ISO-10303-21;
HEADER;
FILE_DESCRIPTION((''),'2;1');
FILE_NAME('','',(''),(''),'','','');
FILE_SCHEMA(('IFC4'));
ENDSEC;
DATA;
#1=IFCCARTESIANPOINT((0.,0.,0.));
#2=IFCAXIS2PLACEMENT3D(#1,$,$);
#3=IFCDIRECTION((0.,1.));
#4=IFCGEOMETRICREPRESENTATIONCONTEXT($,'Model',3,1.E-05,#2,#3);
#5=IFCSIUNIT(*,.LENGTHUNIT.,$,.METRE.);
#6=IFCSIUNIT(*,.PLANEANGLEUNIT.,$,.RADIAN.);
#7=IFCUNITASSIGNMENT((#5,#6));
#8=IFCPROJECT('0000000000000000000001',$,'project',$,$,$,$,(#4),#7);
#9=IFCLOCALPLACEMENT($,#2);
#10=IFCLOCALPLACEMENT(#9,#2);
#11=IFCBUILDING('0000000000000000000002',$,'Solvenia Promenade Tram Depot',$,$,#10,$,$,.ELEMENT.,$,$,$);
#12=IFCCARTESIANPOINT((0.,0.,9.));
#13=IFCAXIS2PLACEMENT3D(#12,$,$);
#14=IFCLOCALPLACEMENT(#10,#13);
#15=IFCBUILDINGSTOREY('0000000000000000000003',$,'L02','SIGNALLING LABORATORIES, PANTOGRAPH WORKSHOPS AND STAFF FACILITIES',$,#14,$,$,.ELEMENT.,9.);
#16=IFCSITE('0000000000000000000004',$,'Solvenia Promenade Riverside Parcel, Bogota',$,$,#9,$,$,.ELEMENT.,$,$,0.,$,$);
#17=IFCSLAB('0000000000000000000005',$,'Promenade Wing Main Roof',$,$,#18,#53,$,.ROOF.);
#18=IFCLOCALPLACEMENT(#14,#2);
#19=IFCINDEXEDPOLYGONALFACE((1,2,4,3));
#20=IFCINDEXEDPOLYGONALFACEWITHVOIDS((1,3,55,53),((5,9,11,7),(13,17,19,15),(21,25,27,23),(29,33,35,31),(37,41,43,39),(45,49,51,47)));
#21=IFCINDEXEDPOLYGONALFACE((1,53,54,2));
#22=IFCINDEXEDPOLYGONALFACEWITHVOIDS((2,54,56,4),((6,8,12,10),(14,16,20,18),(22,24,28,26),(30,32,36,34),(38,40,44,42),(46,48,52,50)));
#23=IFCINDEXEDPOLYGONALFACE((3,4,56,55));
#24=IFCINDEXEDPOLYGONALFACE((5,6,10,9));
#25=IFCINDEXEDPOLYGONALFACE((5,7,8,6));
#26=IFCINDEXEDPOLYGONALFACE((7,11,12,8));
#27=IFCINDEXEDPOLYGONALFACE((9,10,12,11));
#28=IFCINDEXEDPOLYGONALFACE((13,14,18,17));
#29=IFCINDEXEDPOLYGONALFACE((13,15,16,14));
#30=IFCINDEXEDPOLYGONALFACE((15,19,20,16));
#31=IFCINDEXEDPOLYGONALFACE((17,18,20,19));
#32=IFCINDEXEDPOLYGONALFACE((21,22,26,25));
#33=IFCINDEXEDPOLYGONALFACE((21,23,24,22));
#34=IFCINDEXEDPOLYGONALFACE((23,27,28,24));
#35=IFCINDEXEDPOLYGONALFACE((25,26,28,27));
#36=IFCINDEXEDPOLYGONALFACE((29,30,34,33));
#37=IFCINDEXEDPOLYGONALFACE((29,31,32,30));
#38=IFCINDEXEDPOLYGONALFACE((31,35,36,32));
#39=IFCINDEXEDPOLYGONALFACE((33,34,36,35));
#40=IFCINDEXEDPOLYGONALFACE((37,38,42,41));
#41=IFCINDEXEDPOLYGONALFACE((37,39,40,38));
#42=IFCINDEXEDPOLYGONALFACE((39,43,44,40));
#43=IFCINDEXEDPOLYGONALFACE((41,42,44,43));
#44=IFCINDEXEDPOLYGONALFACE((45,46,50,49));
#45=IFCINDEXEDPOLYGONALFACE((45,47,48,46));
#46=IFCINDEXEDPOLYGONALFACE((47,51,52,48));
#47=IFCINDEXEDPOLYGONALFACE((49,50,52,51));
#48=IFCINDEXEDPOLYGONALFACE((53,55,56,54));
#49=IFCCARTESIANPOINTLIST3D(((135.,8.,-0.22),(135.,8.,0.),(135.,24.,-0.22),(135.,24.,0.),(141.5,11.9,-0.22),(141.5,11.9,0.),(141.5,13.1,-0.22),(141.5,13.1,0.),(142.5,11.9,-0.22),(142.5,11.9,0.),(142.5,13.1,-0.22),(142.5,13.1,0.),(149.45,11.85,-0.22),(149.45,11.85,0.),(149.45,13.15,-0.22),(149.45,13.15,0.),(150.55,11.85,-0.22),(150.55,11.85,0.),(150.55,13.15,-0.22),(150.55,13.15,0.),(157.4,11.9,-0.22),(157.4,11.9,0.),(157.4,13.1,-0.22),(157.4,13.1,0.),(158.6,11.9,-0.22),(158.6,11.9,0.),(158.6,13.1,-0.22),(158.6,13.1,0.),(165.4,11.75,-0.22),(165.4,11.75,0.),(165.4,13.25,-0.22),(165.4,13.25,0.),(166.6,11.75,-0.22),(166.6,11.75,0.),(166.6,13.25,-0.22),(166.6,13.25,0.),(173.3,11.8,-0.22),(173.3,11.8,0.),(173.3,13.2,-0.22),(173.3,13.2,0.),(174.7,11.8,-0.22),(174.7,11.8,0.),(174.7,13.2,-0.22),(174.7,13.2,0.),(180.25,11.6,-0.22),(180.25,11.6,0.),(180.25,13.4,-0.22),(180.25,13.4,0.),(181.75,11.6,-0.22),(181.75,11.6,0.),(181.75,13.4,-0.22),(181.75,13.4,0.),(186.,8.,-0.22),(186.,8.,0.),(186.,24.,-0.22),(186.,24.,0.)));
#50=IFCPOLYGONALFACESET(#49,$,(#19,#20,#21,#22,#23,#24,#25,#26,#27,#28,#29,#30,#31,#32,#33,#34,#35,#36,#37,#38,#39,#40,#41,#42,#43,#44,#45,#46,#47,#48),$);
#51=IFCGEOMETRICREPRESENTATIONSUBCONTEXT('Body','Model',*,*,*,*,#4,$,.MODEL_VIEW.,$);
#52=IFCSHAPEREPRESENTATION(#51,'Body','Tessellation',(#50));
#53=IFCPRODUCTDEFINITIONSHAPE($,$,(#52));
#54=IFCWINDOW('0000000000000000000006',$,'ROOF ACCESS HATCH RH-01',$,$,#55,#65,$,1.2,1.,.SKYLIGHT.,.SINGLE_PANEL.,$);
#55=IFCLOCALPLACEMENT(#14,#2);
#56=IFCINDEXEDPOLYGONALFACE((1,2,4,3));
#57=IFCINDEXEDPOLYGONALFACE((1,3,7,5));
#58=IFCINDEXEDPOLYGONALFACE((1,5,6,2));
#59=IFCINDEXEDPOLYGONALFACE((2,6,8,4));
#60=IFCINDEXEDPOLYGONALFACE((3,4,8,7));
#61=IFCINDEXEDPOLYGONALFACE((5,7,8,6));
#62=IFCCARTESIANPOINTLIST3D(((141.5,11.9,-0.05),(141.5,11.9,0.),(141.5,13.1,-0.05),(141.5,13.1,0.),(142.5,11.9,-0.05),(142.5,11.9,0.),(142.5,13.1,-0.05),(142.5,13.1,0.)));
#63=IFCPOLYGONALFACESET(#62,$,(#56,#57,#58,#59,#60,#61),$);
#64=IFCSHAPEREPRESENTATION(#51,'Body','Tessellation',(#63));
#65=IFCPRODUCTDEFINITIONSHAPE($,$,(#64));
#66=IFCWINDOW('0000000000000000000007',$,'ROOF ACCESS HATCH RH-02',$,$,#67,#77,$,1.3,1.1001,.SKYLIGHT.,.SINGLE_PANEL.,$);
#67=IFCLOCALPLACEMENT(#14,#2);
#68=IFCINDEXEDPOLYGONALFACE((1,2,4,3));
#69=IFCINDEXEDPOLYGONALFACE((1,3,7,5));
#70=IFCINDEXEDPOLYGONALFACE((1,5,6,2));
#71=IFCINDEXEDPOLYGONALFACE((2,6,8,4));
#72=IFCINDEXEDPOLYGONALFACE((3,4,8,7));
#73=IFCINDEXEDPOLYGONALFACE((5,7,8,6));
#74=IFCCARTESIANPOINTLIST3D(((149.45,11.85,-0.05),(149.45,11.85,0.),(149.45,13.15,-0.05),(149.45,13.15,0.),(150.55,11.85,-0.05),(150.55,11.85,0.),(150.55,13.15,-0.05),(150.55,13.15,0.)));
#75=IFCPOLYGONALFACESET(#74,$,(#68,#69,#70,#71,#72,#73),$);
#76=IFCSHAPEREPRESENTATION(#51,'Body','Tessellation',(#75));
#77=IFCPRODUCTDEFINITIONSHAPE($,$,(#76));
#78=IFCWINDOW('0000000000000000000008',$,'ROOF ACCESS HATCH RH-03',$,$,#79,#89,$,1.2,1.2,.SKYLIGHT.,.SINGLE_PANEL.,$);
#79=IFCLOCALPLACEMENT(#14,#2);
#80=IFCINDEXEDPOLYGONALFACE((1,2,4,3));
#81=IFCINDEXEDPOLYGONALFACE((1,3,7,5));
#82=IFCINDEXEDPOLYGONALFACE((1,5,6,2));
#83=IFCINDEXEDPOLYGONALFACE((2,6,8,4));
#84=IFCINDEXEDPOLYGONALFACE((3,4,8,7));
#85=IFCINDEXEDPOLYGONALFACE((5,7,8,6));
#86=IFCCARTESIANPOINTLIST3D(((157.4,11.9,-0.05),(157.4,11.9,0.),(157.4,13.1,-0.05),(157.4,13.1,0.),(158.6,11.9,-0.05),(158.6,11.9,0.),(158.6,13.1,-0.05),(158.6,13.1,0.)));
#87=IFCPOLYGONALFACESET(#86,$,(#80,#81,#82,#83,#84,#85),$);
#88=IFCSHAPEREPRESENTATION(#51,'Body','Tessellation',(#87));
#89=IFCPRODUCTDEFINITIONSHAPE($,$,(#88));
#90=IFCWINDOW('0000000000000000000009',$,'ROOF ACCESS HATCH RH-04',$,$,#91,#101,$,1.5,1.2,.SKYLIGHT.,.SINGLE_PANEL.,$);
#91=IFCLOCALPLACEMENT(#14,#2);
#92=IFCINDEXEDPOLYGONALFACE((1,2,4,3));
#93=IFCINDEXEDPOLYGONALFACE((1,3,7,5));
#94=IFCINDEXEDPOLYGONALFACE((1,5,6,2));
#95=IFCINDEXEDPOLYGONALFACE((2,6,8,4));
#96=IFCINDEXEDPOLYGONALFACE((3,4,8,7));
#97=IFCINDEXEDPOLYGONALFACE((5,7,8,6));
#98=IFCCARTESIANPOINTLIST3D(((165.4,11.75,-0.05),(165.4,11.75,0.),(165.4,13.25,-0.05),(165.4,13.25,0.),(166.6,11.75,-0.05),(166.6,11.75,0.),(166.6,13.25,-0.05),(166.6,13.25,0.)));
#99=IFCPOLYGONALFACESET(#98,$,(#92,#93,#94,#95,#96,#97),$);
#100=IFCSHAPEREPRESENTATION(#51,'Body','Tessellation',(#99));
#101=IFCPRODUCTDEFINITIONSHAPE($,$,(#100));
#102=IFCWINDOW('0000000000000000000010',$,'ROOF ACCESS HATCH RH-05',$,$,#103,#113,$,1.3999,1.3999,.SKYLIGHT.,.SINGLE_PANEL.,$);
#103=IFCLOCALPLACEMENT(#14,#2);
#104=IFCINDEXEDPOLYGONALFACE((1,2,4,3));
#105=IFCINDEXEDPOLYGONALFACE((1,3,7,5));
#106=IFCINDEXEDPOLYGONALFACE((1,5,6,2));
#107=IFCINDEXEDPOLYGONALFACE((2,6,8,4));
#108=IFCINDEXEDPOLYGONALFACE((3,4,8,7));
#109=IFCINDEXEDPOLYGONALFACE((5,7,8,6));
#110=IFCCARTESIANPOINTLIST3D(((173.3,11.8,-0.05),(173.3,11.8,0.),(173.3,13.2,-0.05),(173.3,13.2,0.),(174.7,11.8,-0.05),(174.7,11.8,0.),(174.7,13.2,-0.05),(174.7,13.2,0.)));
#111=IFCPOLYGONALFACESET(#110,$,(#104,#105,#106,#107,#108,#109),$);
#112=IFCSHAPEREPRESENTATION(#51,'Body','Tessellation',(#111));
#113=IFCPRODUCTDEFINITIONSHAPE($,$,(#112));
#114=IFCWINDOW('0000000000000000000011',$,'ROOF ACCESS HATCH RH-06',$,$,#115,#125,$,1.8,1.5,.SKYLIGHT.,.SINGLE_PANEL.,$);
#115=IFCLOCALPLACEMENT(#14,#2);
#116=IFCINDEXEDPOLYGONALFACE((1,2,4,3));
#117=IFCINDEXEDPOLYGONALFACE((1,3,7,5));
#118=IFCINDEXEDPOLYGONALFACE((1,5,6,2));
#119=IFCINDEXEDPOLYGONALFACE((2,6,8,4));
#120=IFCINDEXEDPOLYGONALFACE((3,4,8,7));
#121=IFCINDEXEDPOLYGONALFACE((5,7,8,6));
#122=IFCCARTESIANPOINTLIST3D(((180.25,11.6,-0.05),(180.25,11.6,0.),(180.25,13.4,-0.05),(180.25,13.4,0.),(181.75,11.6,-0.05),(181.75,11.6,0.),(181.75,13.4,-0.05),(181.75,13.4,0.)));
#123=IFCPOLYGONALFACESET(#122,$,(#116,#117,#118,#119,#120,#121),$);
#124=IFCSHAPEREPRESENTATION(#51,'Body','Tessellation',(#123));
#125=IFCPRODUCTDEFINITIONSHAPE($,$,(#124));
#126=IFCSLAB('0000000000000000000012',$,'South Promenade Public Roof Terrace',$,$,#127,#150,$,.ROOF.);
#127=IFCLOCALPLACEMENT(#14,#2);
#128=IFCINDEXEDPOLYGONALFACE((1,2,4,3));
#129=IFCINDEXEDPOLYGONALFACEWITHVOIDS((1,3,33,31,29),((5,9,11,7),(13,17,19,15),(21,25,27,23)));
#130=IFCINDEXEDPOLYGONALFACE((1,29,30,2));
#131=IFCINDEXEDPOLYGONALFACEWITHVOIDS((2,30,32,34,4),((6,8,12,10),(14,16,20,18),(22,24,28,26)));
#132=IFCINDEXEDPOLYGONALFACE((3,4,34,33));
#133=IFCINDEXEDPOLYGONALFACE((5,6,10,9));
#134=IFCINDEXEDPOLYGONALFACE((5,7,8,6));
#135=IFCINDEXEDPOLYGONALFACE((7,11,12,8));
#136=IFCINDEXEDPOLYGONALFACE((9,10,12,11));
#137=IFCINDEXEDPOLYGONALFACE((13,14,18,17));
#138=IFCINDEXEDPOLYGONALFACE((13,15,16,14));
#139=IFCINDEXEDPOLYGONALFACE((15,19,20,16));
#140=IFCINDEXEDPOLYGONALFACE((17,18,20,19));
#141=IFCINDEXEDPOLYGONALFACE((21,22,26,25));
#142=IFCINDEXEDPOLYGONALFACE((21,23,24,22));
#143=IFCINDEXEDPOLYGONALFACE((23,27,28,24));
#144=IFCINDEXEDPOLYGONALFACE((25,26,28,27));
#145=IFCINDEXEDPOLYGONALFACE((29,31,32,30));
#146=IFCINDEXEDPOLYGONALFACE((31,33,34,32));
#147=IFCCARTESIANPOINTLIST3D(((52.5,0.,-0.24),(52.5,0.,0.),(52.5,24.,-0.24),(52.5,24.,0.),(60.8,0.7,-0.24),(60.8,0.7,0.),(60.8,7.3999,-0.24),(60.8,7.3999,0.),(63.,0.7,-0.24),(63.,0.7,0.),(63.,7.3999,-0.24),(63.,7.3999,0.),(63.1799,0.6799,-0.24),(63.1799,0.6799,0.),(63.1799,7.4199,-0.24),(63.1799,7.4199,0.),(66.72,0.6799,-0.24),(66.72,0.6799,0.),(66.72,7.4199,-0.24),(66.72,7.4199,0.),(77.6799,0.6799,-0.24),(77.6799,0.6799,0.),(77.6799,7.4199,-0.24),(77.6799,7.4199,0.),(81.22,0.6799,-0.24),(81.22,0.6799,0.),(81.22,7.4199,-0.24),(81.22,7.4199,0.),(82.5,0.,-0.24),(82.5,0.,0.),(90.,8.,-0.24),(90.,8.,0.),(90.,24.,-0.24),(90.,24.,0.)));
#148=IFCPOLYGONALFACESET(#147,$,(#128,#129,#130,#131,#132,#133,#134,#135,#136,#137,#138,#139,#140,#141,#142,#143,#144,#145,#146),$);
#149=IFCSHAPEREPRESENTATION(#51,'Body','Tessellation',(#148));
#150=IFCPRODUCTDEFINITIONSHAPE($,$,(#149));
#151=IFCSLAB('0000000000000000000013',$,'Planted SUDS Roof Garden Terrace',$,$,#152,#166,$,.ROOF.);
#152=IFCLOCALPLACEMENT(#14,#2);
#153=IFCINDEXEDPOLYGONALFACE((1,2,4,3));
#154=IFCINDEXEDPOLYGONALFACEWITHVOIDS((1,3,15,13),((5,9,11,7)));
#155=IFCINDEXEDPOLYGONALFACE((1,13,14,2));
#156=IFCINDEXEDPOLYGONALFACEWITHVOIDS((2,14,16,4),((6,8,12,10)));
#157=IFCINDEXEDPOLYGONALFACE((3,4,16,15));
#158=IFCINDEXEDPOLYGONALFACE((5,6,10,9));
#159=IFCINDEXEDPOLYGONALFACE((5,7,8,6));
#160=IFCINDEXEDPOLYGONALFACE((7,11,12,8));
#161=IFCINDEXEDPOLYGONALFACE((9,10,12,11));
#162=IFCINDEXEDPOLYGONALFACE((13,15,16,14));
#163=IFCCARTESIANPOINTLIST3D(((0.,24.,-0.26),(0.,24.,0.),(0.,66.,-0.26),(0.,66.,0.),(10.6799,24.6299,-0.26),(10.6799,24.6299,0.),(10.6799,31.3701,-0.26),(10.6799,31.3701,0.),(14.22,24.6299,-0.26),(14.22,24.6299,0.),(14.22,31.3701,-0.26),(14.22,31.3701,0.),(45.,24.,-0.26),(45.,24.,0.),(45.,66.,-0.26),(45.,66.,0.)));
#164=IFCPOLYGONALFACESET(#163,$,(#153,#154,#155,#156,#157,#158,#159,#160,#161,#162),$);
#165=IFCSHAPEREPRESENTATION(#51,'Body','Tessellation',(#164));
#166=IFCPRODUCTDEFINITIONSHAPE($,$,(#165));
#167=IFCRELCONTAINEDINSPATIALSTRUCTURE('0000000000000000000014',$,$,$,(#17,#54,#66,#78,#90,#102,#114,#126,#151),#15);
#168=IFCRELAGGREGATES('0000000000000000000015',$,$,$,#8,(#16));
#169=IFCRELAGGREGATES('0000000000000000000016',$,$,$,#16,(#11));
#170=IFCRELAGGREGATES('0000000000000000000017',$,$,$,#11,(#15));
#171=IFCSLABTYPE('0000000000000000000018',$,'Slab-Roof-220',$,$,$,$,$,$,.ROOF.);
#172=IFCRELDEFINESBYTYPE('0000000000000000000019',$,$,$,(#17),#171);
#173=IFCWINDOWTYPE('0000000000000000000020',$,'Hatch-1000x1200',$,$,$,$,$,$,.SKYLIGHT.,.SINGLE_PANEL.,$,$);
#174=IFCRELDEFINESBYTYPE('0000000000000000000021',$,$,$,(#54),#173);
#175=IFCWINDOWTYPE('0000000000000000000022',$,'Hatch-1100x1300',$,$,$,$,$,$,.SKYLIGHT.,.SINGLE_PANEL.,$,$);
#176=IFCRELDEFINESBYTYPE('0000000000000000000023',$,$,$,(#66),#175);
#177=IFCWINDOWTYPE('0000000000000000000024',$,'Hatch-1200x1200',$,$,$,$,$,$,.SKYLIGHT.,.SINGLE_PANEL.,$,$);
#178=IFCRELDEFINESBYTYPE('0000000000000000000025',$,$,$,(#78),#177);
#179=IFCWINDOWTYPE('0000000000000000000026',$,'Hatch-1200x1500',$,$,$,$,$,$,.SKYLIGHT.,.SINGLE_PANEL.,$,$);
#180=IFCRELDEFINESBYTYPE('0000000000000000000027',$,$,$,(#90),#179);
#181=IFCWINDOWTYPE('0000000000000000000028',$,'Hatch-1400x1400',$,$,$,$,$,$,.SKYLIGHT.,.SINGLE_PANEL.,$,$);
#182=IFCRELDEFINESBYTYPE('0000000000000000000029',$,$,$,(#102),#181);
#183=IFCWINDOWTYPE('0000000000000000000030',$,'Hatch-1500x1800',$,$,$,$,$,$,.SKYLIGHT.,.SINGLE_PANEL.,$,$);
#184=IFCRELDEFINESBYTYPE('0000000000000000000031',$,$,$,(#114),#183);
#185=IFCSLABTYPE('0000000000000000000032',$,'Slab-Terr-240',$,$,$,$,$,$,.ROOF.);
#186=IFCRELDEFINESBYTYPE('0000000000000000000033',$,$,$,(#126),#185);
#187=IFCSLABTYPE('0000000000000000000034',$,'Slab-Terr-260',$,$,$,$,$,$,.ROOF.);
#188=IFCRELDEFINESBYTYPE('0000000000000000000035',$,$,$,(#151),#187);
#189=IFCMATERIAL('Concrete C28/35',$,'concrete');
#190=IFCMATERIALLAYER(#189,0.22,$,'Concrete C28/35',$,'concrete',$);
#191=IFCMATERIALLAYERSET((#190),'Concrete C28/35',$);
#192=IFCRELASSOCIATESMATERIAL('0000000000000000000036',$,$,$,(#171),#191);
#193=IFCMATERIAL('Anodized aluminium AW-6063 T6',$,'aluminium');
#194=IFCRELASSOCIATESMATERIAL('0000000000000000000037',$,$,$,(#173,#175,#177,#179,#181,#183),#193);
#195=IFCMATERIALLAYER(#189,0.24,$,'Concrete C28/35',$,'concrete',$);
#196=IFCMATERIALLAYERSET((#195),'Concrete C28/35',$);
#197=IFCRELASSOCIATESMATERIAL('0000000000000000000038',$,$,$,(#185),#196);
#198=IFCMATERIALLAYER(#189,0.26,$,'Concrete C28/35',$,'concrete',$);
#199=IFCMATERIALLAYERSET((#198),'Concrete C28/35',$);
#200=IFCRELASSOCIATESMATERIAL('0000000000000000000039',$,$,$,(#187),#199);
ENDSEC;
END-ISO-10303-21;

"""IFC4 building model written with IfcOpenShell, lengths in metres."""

from ifc_helpers import new_model, si_unit, direction, frame, origin, origin_2d, place, context, subcontext, project, spatial, polyline, rectangle, outline, extrude, material, layer, layer_set, type_object, element, fill, save


model = new_model("IFC4")

# Units and contexts
model_context = context("Model", 3, precision=1e-05, world=origin(), true_north=direction((0.0, 1.0)))
body_context = subcontext(model_context, "Body", "Model", "MODEL_VIEW")
ifc_project = project(units=[si_unit("LENGTHUNIT", "METRE"), si_unit("PLANEANGLEUNIT", "RADIAN")], contexts=[model_context])

# Site, building, storey
site_placement = place(None, origin())
site = spatial("IfcSite", under=ifc_project, at=site_placement, Name="Solvenia Promenade Riverside Parcel, Bogota", CompositionType="ELEMENT", RefElevation=0.0)
building_placement = place(site_placement, origin())
building = spatial("IfcBuilding", under=site, at=building_placement, Name="Solvenia Promenade Tram Depot", CompositionType="ELEMENT")
storey_placement = place(building_placement, frame((0.0, 0.0, 9.0)))
storey = spatial("IfcBuildingStorey", under=building, at=storey_placement, Name="L02", Description="SIGNALLING LABORATORIES, PANTOGRAPH WORKSHOPS AND STAFF FACILITIES", CompositionType="ELEMENT", Elevation=9.0)

# Shared definitions
ifc_material_1 = material(Name="Concrete C28/35", Category="concrete")

# Slab, openings, windows
ifc_layer_1 = layer(ifc_material_1, 0.22, Name="Concrete C28/35", Category="concrete")
ifc_layer_set_1 = layer_set([ifc_layer_1], Name="Concrete C28/35")
slab_type_1 = type_object("IfcSlabType", Name="Slab-Roof-220", PredefinedType="ROOF", material=ifc_layer_set_1)
slab_1_placement = place(storey_placement, frame((0.0, 0.0, -0.22)))
slab_1 = element("IfcSlab", 1, at=slab_1_placement, inside=storey, type_object=slab_type_1, Name="Promenade Wing Main Roof", PredefinedType="ROOF", context=body_context, shape_type="SweptSolid", body=[
    extrude(outline(polyline([(135.0, 8.0), (186.0, 8.0), (186.0, 24.0), (135.0, 24.0), (135.0, 8.0)])), origin(), (0.0, 0.0, 1.0), 0.22),
])
opening_1_placement = place(slab_1_placement, frame((142.0, 12.5, 0.0)))
opening_1 = element("IfcOpeningElement", 2, at=opening_1_placement, cuts=slab_1, PredefinedType="OPENING", context=body_context, shape_type="SweptSolid", body=[
    extrude(rectangle(XDim=1.0, YDim=1.2, at=origin_2d()), frame((0.0, 0.0, -0.01)), (0.0, 0.0, 1.0), 0.24),
])
opening_2_placement = place(slab_1_placement, frame((150.0, 12.5, 0.0)))
opening_2 = element("IfcOpeningElement", 3, at=opening_2_placement, cuts=slab_1, PredefinedType="OPENING", context=body_context, shape_type="SweptSolid", body=[
    extrude(rectangle(XDim=1.1001, YDim=1.3, at=origin_2d()), frame((0.0, 0.0, -0.01)), (0.0, 0.0, 1.0), 0.24),
])
opening_3_placement = place(slab_1_placement, frame((158.0, 12.5, 0.0)))
opening_3 = element("IfcOpeningElement", 4, at=opening_3_placement, cuts=slab_1, PredefinedType="OPENING", context=body_context, shape_type="SweptSolid", body=[
    extrude(rectangle(XDim=1.2, YDim=1.2, at=origin_2d()), frame((0.0, 0.0, -0.01)), (0.0, 0.0, 1.0), 0.24),
])
opening_4_placement = place(slab_1_placement, frame((166.0, 12.5, 0.0)))
opening_4 = element("IfcOpeningElement", 5, at=opening_4_placement, cuts=slab_1, PredefinedType="OPENING", context=body_context, shape_type="SweptSolid", body=[
    extrude(rectangle(XDim=1.2, YDim=1.5, at=origin_2d()), frame((0.0, 0.0, -0.01)), (0.0, 0.0, 1.0), 0.24),
])
opening_5_placement = place(slab_1_placement, frame((174.0, 12.5, 0.0)))
opening_5 = element("IfcOpeningElement", 6, at=opening_5_placement, cuts=slab_1, PredefinedType="OPENING", context=body_context, shape_type="SweptSolid", body=[
    extrude(rectangle(XDim=1.3999, YDim=1.3999, at=origin_2d()), frame((0.0, 0.0, -0.01)), (0.0, 0.0, 1.0), 0.24),
])
opening_6_placement = place(slab_1_placement, frame((181.0, 12.5, 0.0)))
opening_6 = element("IfcOpeningElement", 7, at=opening_6_placement, cuts=slab_1, PredefinedType="OPENING", context=body_context, shape_type="SweptSolid", body=[
    extrude(rectangle(XDim=1.5, YDim=1.8, at=origin_2d()), frame((0.0, 0.0, -0.01)), (0.0, 0.0, 1.0), 0.24),
])
ifc_material_2 = material(Name="Anodized aluminium AW-6063 T6", Category="aluminium")
window_type_1 = type_object("IfcWindowType", Name="Hatch-1000x1200", PartitioningType="SINGLE_PANEL", PredefinedType="SKYLIGHT", material=ifc_material_2)
window_1_placement = place(opening_1_placement, frame((0.0, 0.0, 0.1699)))
window_1 = element("IfcWindow", 8, at=window_1_placement, inside=storey, type_object=window_type_1, Name="ROOF ACCESS HATCH RH-01", OverallHeight=1.2, OverallWidth=1.0, PartitioningType="SINGLE_PANEL", PredefinedType="SKYLIGHT", context=body_context, shape_type="SweptSolid", body=[
    extrude(rectangle(XDim=1.0, YDim=1.2, at=origin_2d()), origin(), (0.0, 0.0, 1.0), 0.05),
])
fill(opening_1, window_1)
window_type_2 = type_object("IfcWindowType", Name="Hatch-1100x1300", PartitioningType="SINGLE_PANEL", PredefinedType="SKYLIGHT", material=ifc_material_2)
window_2_placement = place(opening_2_placement, frame((0.0, 0.0, 0.1699)))
window_2 = element("IfcWindow", 9, at=window_2_placement, inside=storey, type_object=window_type_2, Name="ROOF ACCESS HATCH RH-02", OverallHeight=1.3, OverallWidth=1.1001, PartitioningType="SINGLE_PANEL", PredefinedType="SKYLIGHT", context=body_context, shape_type="SweptSolid", body=[
    extrude(rectangle(XDim=1.1001, YDim=1.3, at=origin_2d()), origin(), (0.0, 0.0, 1.0), 0.05),
])
fill(opening_2, window_2)
window_type_3 = type_object("IfcWindowType", Name="Hatch-1200x1200", PartitioningType="SINGLE_PANEL", PredefinedType="SKYLIGHT", material=ifc_material_2)
window_3_placement = place(opening_3_placement, frame((0.0, 0.0, 0.1699)))
window_3 = element("IfcWindow", 10, at=window_3_placement, inside=storey, type_object=window_type_3, Name="ROOF ACCESS HATCH RH-03", OverallHeight=1.2, OverallWidth=1.2, PartitioningType="SINGLE_PANEL", PredefinedType="SKYLIGHT", context=body_context, shape_type="SweptSolid", body=[
    extrude(rectangle(XDim=1.2, YDim=1.2, at=origin_2d()), origin(), (0.0, 0.0, 1.0), 0.05),
])
fill(opening_3, window_3)
window_type_4 = type_object("IfcWindowType", Name="Hatch-1200x1500", PartitioningType="SINGLE_PANEL", PredefinedType="SKYLIGHT", material=ifc_material_2)
window_4_placement = place(opening_4_placement, frame((0.0, 0.0, 0.1699)))
window_4 = element("IfcWindow", 11, at=window_4_placement, inside=storey, type_object=window_type_4, Name="ROOF ACCESS HATCH RH-04", OverallHeight=1.5, OverallWidth=1.2, PartitioningType="SINGLE_PANEL", PredefinedType="SKYLIGHT", context=body_context, shape_type="SweptSolid", body=[
    extrude(rectangle(XDim=1.2, YDim=1.5, at=origin_2d()), origin(), (0.0, 0.0, 1.0), 0.05),
])
fill(opening_4, window_4)
window_type_5 = type_object("IfcWindowType", Name="Hatch-1400x1400", PartitioningType="SINGLE_PANEL", PredefinedType="SKYLIGHT", material=ifc_material_2)
window_5_placement = place(opening_5_placement, frame((0.0, 0.0, 0.1699)))
window_5 = element("IfcWindow", 12, at=window_5_placement, inside=storey, type_object=window_type_5, Name="ROOF ACCESS HATCH RH-05", OverallHeight=1.3999, OverallWidth=1.3999, PartitioningType="SINGLE_PANEL", PredefinedType="SKYLIGHT", context=body_context, shape_type="SweptSolid", body=[
    extrude(rectangle(XDim=1.3999, YDim=1.3999, at=origin_2d()), origin(), (0.0, 0.0, 1.0), 0.05),
])
fill(opening_5, window_5)
window_type_6 = type_object("IfcWindowType", Name="Hatch-1500x1800", PartitioningType="SINGLE_PANEL", PredefinedType="SKYLIGHT", material=ifc_material_2)
window_6_placement = place(opening_6_placement, frame((0.0, 0.0, 0.1699)))
window_6 = element("IfcWindow", 13, at=window_6_placement, inside=storey, type_object=window_type_6, Name="ROOF ACCESS HATCH RH-06", OverallHeight=1.8, OverallWidth=1.5, PartitioningType="SINGLE_PANEL", PredefinedType="SKYLIGHT", context=body_context, shape_type="SweptSolid", body=[
    extrude(rectangle(XDim=1.5, YDim=1.8, at=origin_2d()), origin(), (0.0, 0.0, 1.0), 0.05),
])
fill(opening_6, window_6)

# Slabs
ifc_layer_2 = layer(ifc_material_1, 0.24, Name="Concrete C28/35", Category="concrete")
ifc_layer_set_2 = layer_set([ifc_layer_2], Name="Concrete C28/35")
slab_type_2 = type_object("IfcSlabType", Name="Slab-Terr-240", PredefinedType="ROOF", material=ifc_layer_set_2)
slab_2_placement = place(storey_placement, frame((0.0, 0.0, -0.24)))
element("IfcSlab", 14, at=slab_2_placement, inside=storey, type_object=slab_type_2, Name="South Promenade Public Roof Terrace", PredefinedType="ROOF", context=body_context, shape_type="SweptSolid", body=[
    extrude(outline(polyline([(52.5, 0.0), (82.5, 0.0), (90.0, 8.0), (90.0, 24.0), (52.5, 24.0), (52.5, 0.0)]), holes=[polyline([(60.8, 7.3999), (63.0, 7.3999), (63.0, 0.7), (60.8, 0.7), (60.8, 7.3999)]), polyline([(63.1799, 7.4199), (66.72, 7.4199), (66.72, 0.6799), (63.1799, 0.6799), (63.1799, 7.4199)]), polyline([(77.6799, 7.4199), (81.22, 7.4199), (81.22, 0.6799), (77.6799, 0.6799), (77.6799, 7.4199)])]), origin(), (0.0, 0.0, 1.0), 0.24),
])
ifc_layer_3 = layer(ifc_material_1, 0.26, Name="Concrete C28/35", Category="concrete")
ifc_layer_set_3 = layer_set([ifc_layer_3], Name="Concrete C28/35")
slab_type_3 = type_object("IfcSlabType", Name="Slab-Terr-260", PredefinedType="ROOF", material=ifc_layer_set_3)
slab_3_placement = place(storey_placement, frame((0.0, 0.0, -0.26)))
element("IfcSlab", 15, at=slab_3_placement, inside=storey, type_object=slab_type_3, Name="Planted SUDS Roof Garden Terrace", PredefinedType="ROOF", context=body_context, shape_type="SweptSolid", body=[
    extrude(outline(polyline([(0.0, 24.0), (45.0, 24.0), (45.0, 66.0), (0.0, 66.0), (0.0, 24.0)]), holes=[polyline([(10.6799, 31.3701), (14.22, 31.3701), (14.22, 24.6299), (10.6799, 24.6299), (10.6799, 31.3701)])]), origin(), (0.0, 0.0, 1.0), 0.26),
])

save(model, "model.ifc")
